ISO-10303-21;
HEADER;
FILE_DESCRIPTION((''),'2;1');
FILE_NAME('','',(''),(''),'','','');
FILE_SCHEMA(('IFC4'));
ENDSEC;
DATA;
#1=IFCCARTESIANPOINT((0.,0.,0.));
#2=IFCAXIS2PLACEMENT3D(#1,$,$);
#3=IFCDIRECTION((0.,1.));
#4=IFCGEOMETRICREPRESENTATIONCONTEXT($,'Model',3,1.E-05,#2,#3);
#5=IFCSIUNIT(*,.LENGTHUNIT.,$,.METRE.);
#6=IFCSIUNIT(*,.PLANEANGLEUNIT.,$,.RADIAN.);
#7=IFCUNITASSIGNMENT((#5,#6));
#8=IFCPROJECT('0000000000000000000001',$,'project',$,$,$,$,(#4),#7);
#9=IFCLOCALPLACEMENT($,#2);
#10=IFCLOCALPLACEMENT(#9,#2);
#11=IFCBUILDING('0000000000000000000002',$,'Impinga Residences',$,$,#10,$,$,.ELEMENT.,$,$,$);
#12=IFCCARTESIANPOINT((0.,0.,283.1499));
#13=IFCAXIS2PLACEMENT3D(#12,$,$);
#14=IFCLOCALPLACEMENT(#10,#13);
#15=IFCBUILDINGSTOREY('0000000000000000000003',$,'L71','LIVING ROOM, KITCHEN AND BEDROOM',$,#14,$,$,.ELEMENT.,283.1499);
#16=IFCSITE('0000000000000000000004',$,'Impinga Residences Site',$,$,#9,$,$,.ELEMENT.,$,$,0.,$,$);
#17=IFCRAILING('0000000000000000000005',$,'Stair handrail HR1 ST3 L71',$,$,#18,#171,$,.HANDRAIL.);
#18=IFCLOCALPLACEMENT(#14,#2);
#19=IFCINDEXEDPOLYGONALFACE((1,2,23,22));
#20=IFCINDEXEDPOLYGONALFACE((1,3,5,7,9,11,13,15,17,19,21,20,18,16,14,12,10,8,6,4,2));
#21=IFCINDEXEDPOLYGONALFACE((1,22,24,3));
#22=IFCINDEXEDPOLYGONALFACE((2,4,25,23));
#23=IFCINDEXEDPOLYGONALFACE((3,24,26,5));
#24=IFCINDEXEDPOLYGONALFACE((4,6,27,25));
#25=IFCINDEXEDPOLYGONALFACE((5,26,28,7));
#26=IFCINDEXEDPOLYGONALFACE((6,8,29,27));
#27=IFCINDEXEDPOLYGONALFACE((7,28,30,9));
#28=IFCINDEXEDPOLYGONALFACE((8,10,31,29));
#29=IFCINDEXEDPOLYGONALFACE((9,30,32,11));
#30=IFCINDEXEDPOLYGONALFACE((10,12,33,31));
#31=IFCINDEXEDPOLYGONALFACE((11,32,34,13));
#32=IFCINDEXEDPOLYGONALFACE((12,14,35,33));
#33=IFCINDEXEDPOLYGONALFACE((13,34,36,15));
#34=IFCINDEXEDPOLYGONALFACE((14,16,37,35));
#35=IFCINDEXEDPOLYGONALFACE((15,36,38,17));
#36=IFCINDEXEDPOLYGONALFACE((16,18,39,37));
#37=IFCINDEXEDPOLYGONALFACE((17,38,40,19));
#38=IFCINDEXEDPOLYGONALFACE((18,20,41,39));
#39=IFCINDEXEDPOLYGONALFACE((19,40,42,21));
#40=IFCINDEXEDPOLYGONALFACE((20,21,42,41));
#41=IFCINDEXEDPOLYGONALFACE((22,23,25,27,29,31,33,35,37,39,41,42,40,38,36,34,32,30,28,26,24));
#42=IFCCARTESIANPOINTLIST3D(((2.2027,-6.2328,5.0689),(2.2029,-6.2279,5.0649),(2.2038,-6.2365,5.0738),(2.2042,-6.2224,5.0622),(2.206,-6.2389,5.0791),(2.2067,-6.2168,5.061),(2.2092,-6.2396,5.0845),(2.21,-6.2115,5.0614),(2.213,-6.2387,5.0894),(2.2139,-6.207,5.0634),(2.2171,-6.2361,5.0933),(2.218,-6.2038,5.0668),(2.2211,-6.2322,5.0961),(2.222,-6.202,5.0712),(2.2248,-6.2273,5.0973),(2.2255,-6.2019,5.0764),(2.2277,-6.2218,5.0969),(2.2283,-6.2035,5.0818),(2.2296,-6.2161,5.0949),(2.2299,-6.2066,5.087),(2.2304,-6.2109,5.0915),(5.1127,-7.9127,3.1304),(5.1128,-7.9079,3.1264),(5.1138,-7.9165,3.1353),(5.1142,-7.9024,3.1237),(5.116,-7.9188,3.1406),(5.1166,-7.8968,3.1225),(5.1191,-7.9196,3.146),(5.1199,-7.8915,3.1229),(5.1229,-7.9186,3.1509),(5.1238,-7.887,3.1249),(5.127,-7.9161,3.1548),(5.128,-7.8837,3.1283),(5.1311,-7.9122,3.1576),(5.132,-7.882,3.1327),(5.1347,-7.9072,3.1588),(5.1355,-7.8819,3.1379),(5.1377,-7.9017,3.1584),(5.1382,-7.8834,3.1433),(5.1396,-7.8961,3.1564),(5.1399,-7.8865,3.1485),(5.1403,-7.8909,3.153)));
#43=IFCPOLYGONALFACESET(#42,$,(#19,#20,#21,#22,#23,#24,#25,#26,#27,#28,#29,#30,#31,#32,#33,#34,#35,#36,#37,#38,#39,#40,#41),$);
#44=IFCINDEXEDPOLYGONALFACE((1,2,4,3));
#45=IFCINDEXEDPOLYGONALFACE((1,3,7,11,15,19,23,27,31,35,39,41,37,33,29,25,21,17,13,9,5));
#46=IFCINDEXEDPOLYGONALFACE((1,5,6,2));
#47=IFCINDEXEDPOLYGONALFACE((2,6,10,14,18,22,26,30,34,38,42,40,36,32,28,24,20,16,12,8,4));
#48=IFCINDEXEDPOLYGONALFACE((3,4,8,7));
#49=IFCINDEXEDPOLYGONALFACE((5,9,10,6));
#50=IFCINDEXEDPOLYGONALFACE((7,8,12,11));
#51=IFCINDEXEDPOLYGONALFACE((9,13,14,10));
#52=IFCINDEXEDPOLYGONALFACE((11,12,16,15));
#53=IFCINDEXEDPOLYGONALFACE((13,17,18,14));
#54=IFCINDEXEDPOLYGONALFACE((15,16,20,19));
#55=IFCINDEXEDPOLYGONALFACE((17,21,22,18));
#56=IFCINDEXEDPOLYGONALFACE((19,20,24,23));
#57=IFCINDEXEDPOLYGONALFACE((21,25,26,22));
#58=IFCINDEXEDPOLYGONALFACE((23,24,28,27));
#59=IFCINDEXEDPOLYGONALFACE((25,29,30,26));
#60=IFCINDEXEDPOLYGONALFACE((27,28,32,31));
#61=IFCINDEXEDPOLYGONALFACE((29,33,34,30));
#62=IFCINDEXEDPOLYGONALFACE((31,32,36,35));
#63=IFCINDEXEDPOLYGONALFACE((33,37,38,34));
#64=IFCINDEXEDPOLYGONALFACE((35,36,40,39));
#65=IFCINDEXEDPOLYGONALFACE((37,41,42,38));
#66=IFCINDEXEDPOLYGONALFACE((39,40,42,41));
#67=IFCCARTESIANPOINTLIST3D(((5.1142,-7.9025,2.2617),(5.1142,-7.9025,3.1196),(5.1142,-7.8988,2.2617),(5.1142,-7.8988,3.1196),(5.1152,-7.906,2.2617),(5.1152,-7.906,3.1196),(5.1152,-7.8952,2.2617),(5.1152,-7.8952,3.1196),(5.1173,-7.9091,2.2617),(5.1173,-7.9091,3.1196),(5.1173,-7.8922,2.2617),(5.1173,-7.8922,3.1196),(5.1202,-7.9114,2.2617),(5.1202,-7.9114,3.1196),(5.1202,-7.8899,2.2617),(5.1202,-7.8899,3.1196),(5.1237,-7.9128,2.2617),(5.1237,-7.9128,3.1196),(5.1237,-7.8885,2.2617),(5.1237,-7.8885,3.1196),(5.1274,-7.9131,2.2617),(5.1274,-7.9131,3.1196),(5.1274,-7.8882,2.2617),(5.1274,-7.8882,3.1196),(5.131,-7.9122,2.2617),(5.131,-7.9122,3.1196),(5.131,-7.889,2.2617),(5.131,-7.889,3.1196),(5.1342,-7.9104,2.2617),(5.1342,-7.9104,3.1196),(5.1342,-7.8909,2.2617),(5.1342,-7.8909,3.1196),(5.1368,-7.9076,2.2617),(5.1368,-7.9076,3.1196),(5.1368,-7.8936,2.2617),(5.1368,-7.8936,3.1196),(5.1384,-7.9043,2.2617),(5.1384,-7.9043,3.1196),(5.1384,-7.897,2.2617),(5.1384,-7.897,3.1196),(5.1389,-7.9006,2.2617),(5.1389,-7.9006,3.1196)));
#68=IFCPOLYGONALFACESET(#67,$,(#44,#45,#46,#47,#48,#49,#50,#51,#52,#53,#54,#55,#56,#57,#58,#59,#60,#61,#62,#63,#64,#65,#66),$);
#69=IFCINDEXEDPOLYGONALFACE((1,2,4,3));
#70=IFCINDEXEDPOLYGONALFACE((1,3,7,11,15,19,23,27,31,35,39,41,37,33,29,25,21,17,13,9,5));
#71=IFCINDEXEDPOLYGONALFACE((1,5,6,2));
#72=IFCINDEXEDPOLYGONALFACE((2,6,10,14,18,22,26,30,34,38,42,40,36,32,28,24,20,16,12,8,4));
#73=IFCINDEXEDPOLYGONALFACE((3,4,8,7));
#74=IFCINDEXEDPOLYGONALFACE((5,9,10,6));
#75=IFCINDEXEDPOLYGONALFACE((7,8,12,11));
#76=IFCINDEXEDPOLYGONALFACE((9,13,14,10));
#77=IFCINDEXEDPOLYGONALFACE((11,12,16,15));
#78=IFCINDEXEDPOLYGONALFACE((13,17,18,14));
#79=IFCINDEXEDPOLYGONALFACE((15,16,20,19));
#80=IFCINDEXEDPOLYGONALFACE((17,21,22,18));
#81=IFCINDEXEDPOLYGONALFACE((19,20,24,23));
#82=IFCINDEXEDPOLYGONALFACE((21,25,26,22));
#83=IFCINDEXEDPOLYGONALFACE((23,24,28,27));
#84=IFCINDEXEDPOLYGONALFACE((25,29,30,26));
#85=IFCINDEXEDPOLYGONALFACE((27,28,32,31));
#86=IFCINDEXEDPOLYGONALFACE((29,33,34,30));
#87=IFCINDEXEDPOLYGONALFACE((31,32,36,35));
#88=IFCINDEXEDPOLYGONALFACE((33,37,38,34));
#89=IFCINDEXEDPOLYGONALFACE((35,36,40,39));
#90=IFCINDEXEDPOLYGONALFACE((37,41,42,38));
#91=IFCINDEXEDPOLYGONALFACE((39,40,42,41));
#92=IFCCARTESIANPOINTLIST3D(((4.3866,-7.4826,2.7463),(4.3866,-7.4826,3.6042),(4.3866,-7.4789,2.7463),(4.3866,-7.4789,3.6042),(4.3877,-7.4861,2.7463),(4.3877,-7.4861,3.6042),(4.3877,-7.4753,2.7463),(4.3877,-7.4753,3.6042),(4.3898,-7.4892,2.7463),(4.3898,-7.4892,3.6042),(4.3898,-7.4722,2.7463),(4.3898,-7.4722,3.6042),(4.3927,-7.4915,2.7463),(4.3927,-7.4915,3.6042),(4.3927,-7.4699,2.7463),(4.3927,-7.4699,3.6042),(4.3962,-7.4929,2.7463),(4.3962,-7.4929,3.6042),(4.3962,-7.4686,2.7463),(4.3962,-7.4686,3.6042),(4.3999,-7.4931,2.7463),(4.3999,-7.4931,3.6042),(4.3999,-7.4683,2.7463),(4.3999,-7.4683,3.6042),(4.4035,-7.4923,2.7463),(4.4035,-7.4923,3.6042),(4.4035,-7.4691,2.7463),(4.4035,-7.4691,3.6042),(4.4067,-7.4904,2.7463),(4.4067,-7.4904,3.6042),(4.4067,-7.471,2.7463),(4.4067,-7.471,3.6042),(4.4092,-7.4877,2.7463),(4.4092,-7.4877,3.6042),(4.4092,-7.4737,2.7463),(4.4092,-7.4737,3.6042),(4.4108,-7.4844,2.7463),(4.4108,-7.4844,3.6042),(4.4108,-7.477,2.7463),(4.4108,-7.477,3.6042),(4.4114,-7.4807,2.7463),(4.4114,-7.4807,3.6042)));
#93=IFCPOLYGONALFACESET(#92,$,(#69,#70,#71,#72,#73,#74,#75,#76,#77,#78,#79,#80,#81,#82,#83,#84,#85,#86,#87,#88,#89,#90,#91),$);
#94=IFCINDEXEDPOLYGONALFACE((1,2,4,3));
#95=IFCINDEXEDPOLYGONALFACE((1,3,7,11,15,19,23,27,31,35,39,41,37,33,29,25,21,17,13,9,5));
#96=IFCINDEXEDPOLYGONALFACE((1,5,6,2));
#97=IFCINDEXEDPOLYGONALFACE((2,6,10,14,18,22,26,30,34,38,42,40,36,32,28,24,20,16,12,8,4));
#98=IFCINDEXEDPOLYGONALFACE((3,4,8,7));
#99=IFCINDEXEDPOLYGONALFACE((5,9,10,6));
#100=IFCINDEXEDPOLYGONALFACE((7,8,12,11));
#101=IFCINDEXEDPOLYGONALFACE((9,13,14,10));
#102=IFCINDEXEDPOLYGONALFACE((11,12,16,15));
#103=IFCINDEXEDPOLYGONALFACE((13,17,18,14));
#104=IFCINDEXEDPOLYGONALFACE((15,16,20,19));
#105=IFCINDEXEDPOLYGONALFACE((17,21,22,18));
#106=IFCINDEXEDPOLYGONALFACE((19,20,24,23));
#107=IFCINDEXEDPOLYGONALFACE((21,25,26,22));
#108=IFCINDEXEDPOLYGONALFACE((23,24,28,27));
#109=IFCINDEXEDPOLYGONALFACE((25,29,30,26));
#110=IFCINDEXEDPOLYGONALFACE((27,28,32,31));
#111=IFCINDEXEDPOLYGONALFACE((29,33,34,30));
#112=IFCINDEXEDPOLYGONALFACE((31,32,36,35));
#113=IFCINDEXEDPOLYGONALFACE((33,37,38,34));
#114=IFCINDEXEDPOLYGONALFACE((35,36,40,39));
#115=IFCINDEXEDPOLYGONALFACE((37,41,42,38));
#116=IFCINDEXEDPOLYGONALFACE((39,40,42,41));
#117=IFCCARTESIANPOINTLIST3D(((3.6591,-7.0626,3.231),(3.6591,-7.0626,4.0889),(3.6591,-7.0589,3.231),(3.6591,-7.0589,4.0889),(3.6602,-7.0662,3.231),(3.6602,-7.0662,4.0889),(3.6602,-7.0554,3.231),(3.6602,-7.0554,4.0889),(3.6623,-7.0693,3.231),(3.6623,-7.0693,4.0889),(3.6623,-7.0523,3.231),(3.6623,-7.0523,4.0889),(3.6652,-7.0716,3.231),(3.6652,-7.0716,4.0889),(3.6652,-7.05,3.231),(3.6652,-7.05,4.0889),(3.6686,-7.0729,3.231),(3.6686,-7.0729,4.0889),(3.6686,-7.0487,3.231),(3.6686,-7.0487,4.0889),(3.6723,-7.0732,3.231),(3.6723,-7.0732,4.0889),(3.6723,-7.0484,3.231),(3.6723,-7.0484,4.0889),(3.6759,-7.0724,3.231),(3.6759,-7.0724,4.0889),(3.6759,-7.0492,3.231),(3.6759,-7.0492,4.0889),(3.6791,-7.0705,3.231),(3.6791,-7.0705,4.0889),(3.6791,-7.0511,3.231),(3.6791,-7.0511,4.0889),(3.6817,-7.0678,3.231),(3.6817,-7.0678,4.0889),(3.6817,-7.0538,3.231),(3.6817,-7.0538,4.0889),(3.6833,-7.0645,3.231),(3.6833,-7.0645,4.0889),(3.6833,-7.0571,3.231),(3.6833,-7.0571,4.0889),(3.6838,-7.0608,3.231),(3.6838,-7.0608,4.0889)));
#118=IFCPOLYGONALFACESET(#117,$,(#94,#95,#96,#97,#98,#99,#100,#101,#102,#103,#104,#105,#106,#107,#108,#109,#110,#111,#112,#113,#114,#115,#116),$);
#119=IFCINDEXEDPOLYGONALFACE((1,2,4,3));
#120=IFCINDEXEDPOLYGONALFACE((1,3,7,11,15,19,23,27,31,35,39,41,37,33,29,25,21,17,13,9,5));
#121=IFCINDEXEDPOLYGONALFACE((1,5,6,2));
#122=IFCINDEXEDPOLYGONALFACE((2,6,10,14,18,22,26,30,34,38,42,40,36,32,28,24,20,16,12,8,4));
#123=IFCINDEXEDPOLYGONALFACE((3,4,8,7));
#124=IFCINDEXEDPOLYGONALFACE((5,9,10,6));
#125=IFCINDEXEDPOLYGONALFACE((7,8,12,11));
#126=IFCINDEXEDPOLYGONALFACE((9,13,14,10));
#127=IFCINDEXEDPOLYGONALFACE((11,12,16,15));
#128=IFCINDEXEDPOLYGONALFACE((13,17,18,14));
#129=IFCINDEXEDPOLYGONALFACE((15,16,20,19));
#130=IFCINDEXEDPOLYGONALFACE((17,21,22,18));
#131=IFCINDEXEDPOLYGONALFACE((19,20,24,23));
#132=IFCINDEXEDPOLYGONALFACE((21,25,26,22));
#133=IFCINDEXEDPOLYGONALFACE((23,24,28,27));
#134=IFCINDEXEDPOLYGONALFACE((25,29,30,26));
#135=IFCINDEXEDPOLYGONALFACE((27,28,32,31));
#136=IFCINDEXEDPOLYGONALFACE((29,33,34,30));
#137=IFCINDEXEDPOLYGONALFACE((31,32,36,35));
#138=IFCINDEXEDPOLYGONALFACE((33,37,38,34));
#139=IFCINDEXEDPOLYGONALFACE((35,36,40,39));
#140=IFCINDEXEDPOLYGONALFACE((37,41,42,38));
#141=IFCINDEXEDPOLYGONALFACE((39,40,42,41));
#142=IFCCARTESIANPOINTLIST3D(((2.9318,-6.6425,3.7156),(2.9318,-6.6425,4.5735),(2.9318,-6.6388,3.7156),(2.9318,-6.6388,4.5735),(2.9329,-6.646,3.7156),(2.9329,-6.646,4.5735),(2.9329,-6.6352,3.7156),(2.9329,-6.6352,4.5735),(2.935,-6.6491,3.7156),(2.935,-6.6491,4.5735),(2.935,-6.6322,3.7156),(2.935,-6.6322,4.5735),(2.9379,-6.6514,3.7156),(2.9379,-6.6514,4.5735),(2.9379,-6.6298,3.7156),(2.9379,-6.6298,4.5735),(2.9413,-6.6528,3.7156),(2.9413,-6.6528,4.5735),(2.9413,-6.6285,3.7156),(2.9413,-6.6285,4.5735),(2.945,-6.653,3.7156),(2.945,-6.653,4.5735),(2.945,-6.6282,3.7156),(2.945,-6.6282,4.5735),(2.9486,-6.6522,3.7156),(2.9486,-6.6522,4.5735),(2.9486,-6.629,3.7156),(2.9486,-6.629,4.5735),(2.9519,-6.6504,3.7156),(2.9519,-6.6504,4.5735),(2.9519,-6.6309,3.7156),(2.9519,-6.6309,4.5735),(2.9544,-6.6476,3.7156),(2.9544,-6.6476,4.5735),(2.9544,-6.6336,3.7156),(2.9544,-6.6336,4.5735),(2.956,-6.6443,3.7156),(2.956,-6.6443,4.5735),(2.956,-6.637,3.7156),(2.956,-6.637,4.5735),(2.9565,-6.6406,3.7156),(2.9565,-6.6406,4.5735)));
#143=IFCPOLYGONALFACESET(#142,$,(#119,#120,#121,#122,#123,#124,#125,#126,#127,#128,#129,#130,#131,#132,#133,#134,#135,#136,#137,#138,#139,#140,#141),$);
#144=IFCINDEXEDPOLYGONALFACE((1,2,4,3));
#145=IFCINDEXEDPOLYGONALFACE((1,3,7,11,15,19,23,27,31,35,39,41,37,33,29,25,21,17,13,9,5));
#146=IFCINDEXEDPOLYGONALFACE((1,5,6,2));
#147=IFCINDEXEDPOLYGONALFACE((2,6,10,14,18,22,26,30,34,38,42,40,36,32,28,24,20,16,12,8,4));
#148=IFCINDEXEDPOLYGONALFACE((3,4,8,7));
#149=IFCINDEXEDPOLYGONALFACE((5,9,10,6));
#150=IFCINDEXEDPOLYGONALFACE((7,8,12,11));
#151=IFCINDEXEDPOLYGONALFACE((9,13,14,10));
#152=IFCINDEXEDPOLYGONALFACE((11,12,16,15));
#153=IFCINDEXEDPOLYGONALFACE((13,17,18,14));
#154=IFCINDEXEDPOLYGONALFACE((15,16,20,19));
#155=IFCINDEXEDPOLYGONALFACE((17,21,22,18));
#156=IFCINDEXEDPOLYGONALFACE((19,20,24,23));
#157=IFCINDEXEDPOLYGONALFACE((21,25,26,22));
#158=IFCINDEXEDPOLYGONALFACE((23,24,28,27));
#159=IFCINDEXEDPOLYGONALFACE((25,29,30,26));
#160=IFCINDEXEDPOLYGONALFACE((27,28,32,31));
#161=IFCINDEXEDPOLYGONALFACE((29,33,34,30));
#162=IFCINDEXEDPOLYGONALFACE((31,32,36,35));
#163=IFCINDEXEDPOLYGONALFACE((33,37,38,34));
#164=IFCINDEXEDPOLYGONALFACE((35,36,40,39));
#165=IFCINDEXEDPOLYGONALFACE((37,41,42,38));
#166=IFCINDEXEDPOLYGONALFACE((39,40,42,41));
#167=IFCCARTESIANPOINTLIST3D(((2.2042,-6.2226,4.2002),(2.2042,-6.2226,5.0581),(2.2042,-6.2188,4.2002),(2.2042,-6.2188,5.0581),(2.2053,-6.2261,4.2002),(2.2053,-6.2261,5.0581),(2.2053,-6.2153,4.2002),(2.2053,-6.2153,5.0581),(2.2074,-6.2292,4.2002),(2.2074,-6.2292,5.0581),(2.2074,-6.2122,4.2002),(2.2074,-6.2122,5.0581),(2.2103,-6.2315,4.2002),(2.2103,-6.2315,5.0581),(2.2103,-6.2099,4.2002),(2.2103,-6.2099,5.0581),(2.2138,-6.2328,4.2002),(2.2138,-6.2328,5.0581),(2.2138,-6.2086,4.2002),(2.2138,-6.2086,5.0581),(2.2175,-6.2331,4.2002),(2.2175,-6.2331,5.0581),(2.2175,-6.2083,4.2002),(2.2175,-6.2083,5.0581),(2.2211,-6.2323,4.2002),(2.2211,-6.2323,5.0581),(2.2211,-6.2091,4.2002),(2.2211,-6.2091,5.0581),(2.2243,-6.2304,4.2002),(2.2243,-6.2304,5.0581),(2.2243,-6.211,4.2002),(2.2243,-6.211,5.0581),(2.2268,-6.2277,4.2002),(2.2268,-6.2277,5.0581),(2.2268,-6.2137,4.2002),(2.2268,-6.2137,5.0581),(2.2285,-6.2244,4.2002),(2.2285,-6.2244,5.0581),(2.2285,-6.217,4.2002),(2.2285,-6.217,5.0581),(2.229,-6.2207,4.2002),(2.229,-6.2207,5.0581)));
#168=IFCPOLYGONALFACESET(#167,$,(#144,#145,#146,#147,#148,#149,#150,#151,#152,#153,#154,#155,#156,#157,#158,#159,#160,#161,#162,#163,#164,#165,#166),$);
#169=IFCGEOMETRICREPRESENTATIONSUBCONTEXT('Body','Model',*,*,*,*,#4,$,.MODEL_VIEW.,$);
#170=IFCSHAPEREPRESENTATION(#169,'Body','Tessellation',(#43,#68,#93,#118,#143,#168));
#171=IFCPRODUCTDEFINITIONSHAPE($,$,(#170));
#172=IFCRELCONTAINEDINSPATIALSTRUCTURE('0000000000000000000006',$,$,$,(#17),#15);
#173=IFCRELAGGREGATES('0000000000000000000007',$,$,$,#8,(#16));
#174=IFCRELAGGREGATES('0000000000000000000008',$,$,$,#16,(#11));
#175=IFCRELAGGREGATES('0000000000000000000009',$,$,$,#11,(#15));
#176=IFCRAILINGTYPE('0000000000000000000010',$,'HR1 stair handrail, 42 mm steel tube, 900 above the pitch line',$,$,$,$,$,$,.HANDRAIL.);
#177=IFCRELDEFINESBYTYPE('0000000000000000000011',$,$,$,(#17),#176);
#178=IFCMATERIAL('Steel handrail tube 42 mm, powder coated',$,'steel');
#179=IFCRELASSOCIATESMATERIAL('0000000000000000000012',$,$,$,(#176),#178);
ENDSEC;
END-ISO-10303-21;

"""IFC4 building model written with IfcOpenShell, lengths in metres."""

from ifc_helpers import new_model, si_unit, direction, frame, origin, origin_2d, place, context, subcontext, project, spatial, circle, extrude, material, type_object, element, save


model = new_model("IFC4")

# Units and contexts
model_context = context("Model", 3, precision=1e-05, world=origin(), true_north=direction((0.0, 1.0)))
body_context = subcontext(model_context, "Body", "Model", "MODEL_VIEW")
ifc_project = project(units=[si_unit("LENGTHUNIT", "METRE"), si_unit("PLANEANGLEUNIT", "RADIAN")], contexts=[model_context])

# Site, building, storey
site_placement = place(None, origin())
site = spatial("IfcSite", under=ifc_project, at=site_placement, Name="Impinga Residences Site", CompositionType="ELEMENT", RefElevation=0.0)
building_placement = place(site_placement, origin())
building = spatial("IfcBuilding", under=site, at=building_placement, Name="Impinga Residences", CompositionType="ELEMENT")
storey_placement = place(building_placement, frame((0.0, 0.0, 283.1499)))
storey = spatial("IfcBuildingStorey", under=building, at=storey_placement, Name="L71", Description="LIVING ROOM, KITCHEN AND BEDROOM", CompositionType="ELEMENT", Elevation=283.1499)

# Railing
ifc_material_1 = material(Name="Steel handrail tube 42 mm, powder coated", Category="steel")
railing_type_1 = type_object("IfcRailingType", Name="HR1 stair handrail, 42 mm steel tube, 900 above the pitch line", PredefinedType="HANDRAIL", material=ifc_material_1)
railing_1_placement = place(storey_placement, frame((5.1265, -7.9006, 2.2617)))
element("IfcRailing", 1, at=railing_1_placement, inside=storey, type_object=railing_type_1, Name="Stair handrail HR1 ST3 L71", PredefinedType="HANDRAIL", context=body_context, shape_type="SweptSolid", body=[
    extrude(circle(Radius=0.021, at=origin_2d()), frame((0.0, 0.0, 0.8789), z_axis=(-0.750151, 0.433072, 0.499723), x_axis=(-0.499976, -0.866039, 0.0)), (0.0, 0.0, 1.0), 3.8792),
    extrude(circle(Radius=0.0125, at=origin_2d()), origin(), (0.0, 0.0, 1.0), 0.8579),
    extrude(circle(Radius=0.0125, at=origin_2d()), frame((-0.7275, 0.4199, 0.4846)), (0.0, 0.0, 1.0), 0.8579),
    extrude(circle(Radius=0.0125, at=origin_2d()), frame((-1.4551, 0.8398, 0.9692)), (0.0, 0.0, 1.0), 0.8579),
    extrude(circle(Radius=0.0125, at=origin_2d()), frame((-2.1824, 1.26, 1.4539)), (0.0, 0.0, 1.0), 0.8579),
    extrude(circle(Radius=0.0125, at=origin_2d()), frame((-2.9099, 1.6799, 1.9385)), (0.0, 0.0, 1.0), 0.8579),
])

save(model, "model.ifc")
